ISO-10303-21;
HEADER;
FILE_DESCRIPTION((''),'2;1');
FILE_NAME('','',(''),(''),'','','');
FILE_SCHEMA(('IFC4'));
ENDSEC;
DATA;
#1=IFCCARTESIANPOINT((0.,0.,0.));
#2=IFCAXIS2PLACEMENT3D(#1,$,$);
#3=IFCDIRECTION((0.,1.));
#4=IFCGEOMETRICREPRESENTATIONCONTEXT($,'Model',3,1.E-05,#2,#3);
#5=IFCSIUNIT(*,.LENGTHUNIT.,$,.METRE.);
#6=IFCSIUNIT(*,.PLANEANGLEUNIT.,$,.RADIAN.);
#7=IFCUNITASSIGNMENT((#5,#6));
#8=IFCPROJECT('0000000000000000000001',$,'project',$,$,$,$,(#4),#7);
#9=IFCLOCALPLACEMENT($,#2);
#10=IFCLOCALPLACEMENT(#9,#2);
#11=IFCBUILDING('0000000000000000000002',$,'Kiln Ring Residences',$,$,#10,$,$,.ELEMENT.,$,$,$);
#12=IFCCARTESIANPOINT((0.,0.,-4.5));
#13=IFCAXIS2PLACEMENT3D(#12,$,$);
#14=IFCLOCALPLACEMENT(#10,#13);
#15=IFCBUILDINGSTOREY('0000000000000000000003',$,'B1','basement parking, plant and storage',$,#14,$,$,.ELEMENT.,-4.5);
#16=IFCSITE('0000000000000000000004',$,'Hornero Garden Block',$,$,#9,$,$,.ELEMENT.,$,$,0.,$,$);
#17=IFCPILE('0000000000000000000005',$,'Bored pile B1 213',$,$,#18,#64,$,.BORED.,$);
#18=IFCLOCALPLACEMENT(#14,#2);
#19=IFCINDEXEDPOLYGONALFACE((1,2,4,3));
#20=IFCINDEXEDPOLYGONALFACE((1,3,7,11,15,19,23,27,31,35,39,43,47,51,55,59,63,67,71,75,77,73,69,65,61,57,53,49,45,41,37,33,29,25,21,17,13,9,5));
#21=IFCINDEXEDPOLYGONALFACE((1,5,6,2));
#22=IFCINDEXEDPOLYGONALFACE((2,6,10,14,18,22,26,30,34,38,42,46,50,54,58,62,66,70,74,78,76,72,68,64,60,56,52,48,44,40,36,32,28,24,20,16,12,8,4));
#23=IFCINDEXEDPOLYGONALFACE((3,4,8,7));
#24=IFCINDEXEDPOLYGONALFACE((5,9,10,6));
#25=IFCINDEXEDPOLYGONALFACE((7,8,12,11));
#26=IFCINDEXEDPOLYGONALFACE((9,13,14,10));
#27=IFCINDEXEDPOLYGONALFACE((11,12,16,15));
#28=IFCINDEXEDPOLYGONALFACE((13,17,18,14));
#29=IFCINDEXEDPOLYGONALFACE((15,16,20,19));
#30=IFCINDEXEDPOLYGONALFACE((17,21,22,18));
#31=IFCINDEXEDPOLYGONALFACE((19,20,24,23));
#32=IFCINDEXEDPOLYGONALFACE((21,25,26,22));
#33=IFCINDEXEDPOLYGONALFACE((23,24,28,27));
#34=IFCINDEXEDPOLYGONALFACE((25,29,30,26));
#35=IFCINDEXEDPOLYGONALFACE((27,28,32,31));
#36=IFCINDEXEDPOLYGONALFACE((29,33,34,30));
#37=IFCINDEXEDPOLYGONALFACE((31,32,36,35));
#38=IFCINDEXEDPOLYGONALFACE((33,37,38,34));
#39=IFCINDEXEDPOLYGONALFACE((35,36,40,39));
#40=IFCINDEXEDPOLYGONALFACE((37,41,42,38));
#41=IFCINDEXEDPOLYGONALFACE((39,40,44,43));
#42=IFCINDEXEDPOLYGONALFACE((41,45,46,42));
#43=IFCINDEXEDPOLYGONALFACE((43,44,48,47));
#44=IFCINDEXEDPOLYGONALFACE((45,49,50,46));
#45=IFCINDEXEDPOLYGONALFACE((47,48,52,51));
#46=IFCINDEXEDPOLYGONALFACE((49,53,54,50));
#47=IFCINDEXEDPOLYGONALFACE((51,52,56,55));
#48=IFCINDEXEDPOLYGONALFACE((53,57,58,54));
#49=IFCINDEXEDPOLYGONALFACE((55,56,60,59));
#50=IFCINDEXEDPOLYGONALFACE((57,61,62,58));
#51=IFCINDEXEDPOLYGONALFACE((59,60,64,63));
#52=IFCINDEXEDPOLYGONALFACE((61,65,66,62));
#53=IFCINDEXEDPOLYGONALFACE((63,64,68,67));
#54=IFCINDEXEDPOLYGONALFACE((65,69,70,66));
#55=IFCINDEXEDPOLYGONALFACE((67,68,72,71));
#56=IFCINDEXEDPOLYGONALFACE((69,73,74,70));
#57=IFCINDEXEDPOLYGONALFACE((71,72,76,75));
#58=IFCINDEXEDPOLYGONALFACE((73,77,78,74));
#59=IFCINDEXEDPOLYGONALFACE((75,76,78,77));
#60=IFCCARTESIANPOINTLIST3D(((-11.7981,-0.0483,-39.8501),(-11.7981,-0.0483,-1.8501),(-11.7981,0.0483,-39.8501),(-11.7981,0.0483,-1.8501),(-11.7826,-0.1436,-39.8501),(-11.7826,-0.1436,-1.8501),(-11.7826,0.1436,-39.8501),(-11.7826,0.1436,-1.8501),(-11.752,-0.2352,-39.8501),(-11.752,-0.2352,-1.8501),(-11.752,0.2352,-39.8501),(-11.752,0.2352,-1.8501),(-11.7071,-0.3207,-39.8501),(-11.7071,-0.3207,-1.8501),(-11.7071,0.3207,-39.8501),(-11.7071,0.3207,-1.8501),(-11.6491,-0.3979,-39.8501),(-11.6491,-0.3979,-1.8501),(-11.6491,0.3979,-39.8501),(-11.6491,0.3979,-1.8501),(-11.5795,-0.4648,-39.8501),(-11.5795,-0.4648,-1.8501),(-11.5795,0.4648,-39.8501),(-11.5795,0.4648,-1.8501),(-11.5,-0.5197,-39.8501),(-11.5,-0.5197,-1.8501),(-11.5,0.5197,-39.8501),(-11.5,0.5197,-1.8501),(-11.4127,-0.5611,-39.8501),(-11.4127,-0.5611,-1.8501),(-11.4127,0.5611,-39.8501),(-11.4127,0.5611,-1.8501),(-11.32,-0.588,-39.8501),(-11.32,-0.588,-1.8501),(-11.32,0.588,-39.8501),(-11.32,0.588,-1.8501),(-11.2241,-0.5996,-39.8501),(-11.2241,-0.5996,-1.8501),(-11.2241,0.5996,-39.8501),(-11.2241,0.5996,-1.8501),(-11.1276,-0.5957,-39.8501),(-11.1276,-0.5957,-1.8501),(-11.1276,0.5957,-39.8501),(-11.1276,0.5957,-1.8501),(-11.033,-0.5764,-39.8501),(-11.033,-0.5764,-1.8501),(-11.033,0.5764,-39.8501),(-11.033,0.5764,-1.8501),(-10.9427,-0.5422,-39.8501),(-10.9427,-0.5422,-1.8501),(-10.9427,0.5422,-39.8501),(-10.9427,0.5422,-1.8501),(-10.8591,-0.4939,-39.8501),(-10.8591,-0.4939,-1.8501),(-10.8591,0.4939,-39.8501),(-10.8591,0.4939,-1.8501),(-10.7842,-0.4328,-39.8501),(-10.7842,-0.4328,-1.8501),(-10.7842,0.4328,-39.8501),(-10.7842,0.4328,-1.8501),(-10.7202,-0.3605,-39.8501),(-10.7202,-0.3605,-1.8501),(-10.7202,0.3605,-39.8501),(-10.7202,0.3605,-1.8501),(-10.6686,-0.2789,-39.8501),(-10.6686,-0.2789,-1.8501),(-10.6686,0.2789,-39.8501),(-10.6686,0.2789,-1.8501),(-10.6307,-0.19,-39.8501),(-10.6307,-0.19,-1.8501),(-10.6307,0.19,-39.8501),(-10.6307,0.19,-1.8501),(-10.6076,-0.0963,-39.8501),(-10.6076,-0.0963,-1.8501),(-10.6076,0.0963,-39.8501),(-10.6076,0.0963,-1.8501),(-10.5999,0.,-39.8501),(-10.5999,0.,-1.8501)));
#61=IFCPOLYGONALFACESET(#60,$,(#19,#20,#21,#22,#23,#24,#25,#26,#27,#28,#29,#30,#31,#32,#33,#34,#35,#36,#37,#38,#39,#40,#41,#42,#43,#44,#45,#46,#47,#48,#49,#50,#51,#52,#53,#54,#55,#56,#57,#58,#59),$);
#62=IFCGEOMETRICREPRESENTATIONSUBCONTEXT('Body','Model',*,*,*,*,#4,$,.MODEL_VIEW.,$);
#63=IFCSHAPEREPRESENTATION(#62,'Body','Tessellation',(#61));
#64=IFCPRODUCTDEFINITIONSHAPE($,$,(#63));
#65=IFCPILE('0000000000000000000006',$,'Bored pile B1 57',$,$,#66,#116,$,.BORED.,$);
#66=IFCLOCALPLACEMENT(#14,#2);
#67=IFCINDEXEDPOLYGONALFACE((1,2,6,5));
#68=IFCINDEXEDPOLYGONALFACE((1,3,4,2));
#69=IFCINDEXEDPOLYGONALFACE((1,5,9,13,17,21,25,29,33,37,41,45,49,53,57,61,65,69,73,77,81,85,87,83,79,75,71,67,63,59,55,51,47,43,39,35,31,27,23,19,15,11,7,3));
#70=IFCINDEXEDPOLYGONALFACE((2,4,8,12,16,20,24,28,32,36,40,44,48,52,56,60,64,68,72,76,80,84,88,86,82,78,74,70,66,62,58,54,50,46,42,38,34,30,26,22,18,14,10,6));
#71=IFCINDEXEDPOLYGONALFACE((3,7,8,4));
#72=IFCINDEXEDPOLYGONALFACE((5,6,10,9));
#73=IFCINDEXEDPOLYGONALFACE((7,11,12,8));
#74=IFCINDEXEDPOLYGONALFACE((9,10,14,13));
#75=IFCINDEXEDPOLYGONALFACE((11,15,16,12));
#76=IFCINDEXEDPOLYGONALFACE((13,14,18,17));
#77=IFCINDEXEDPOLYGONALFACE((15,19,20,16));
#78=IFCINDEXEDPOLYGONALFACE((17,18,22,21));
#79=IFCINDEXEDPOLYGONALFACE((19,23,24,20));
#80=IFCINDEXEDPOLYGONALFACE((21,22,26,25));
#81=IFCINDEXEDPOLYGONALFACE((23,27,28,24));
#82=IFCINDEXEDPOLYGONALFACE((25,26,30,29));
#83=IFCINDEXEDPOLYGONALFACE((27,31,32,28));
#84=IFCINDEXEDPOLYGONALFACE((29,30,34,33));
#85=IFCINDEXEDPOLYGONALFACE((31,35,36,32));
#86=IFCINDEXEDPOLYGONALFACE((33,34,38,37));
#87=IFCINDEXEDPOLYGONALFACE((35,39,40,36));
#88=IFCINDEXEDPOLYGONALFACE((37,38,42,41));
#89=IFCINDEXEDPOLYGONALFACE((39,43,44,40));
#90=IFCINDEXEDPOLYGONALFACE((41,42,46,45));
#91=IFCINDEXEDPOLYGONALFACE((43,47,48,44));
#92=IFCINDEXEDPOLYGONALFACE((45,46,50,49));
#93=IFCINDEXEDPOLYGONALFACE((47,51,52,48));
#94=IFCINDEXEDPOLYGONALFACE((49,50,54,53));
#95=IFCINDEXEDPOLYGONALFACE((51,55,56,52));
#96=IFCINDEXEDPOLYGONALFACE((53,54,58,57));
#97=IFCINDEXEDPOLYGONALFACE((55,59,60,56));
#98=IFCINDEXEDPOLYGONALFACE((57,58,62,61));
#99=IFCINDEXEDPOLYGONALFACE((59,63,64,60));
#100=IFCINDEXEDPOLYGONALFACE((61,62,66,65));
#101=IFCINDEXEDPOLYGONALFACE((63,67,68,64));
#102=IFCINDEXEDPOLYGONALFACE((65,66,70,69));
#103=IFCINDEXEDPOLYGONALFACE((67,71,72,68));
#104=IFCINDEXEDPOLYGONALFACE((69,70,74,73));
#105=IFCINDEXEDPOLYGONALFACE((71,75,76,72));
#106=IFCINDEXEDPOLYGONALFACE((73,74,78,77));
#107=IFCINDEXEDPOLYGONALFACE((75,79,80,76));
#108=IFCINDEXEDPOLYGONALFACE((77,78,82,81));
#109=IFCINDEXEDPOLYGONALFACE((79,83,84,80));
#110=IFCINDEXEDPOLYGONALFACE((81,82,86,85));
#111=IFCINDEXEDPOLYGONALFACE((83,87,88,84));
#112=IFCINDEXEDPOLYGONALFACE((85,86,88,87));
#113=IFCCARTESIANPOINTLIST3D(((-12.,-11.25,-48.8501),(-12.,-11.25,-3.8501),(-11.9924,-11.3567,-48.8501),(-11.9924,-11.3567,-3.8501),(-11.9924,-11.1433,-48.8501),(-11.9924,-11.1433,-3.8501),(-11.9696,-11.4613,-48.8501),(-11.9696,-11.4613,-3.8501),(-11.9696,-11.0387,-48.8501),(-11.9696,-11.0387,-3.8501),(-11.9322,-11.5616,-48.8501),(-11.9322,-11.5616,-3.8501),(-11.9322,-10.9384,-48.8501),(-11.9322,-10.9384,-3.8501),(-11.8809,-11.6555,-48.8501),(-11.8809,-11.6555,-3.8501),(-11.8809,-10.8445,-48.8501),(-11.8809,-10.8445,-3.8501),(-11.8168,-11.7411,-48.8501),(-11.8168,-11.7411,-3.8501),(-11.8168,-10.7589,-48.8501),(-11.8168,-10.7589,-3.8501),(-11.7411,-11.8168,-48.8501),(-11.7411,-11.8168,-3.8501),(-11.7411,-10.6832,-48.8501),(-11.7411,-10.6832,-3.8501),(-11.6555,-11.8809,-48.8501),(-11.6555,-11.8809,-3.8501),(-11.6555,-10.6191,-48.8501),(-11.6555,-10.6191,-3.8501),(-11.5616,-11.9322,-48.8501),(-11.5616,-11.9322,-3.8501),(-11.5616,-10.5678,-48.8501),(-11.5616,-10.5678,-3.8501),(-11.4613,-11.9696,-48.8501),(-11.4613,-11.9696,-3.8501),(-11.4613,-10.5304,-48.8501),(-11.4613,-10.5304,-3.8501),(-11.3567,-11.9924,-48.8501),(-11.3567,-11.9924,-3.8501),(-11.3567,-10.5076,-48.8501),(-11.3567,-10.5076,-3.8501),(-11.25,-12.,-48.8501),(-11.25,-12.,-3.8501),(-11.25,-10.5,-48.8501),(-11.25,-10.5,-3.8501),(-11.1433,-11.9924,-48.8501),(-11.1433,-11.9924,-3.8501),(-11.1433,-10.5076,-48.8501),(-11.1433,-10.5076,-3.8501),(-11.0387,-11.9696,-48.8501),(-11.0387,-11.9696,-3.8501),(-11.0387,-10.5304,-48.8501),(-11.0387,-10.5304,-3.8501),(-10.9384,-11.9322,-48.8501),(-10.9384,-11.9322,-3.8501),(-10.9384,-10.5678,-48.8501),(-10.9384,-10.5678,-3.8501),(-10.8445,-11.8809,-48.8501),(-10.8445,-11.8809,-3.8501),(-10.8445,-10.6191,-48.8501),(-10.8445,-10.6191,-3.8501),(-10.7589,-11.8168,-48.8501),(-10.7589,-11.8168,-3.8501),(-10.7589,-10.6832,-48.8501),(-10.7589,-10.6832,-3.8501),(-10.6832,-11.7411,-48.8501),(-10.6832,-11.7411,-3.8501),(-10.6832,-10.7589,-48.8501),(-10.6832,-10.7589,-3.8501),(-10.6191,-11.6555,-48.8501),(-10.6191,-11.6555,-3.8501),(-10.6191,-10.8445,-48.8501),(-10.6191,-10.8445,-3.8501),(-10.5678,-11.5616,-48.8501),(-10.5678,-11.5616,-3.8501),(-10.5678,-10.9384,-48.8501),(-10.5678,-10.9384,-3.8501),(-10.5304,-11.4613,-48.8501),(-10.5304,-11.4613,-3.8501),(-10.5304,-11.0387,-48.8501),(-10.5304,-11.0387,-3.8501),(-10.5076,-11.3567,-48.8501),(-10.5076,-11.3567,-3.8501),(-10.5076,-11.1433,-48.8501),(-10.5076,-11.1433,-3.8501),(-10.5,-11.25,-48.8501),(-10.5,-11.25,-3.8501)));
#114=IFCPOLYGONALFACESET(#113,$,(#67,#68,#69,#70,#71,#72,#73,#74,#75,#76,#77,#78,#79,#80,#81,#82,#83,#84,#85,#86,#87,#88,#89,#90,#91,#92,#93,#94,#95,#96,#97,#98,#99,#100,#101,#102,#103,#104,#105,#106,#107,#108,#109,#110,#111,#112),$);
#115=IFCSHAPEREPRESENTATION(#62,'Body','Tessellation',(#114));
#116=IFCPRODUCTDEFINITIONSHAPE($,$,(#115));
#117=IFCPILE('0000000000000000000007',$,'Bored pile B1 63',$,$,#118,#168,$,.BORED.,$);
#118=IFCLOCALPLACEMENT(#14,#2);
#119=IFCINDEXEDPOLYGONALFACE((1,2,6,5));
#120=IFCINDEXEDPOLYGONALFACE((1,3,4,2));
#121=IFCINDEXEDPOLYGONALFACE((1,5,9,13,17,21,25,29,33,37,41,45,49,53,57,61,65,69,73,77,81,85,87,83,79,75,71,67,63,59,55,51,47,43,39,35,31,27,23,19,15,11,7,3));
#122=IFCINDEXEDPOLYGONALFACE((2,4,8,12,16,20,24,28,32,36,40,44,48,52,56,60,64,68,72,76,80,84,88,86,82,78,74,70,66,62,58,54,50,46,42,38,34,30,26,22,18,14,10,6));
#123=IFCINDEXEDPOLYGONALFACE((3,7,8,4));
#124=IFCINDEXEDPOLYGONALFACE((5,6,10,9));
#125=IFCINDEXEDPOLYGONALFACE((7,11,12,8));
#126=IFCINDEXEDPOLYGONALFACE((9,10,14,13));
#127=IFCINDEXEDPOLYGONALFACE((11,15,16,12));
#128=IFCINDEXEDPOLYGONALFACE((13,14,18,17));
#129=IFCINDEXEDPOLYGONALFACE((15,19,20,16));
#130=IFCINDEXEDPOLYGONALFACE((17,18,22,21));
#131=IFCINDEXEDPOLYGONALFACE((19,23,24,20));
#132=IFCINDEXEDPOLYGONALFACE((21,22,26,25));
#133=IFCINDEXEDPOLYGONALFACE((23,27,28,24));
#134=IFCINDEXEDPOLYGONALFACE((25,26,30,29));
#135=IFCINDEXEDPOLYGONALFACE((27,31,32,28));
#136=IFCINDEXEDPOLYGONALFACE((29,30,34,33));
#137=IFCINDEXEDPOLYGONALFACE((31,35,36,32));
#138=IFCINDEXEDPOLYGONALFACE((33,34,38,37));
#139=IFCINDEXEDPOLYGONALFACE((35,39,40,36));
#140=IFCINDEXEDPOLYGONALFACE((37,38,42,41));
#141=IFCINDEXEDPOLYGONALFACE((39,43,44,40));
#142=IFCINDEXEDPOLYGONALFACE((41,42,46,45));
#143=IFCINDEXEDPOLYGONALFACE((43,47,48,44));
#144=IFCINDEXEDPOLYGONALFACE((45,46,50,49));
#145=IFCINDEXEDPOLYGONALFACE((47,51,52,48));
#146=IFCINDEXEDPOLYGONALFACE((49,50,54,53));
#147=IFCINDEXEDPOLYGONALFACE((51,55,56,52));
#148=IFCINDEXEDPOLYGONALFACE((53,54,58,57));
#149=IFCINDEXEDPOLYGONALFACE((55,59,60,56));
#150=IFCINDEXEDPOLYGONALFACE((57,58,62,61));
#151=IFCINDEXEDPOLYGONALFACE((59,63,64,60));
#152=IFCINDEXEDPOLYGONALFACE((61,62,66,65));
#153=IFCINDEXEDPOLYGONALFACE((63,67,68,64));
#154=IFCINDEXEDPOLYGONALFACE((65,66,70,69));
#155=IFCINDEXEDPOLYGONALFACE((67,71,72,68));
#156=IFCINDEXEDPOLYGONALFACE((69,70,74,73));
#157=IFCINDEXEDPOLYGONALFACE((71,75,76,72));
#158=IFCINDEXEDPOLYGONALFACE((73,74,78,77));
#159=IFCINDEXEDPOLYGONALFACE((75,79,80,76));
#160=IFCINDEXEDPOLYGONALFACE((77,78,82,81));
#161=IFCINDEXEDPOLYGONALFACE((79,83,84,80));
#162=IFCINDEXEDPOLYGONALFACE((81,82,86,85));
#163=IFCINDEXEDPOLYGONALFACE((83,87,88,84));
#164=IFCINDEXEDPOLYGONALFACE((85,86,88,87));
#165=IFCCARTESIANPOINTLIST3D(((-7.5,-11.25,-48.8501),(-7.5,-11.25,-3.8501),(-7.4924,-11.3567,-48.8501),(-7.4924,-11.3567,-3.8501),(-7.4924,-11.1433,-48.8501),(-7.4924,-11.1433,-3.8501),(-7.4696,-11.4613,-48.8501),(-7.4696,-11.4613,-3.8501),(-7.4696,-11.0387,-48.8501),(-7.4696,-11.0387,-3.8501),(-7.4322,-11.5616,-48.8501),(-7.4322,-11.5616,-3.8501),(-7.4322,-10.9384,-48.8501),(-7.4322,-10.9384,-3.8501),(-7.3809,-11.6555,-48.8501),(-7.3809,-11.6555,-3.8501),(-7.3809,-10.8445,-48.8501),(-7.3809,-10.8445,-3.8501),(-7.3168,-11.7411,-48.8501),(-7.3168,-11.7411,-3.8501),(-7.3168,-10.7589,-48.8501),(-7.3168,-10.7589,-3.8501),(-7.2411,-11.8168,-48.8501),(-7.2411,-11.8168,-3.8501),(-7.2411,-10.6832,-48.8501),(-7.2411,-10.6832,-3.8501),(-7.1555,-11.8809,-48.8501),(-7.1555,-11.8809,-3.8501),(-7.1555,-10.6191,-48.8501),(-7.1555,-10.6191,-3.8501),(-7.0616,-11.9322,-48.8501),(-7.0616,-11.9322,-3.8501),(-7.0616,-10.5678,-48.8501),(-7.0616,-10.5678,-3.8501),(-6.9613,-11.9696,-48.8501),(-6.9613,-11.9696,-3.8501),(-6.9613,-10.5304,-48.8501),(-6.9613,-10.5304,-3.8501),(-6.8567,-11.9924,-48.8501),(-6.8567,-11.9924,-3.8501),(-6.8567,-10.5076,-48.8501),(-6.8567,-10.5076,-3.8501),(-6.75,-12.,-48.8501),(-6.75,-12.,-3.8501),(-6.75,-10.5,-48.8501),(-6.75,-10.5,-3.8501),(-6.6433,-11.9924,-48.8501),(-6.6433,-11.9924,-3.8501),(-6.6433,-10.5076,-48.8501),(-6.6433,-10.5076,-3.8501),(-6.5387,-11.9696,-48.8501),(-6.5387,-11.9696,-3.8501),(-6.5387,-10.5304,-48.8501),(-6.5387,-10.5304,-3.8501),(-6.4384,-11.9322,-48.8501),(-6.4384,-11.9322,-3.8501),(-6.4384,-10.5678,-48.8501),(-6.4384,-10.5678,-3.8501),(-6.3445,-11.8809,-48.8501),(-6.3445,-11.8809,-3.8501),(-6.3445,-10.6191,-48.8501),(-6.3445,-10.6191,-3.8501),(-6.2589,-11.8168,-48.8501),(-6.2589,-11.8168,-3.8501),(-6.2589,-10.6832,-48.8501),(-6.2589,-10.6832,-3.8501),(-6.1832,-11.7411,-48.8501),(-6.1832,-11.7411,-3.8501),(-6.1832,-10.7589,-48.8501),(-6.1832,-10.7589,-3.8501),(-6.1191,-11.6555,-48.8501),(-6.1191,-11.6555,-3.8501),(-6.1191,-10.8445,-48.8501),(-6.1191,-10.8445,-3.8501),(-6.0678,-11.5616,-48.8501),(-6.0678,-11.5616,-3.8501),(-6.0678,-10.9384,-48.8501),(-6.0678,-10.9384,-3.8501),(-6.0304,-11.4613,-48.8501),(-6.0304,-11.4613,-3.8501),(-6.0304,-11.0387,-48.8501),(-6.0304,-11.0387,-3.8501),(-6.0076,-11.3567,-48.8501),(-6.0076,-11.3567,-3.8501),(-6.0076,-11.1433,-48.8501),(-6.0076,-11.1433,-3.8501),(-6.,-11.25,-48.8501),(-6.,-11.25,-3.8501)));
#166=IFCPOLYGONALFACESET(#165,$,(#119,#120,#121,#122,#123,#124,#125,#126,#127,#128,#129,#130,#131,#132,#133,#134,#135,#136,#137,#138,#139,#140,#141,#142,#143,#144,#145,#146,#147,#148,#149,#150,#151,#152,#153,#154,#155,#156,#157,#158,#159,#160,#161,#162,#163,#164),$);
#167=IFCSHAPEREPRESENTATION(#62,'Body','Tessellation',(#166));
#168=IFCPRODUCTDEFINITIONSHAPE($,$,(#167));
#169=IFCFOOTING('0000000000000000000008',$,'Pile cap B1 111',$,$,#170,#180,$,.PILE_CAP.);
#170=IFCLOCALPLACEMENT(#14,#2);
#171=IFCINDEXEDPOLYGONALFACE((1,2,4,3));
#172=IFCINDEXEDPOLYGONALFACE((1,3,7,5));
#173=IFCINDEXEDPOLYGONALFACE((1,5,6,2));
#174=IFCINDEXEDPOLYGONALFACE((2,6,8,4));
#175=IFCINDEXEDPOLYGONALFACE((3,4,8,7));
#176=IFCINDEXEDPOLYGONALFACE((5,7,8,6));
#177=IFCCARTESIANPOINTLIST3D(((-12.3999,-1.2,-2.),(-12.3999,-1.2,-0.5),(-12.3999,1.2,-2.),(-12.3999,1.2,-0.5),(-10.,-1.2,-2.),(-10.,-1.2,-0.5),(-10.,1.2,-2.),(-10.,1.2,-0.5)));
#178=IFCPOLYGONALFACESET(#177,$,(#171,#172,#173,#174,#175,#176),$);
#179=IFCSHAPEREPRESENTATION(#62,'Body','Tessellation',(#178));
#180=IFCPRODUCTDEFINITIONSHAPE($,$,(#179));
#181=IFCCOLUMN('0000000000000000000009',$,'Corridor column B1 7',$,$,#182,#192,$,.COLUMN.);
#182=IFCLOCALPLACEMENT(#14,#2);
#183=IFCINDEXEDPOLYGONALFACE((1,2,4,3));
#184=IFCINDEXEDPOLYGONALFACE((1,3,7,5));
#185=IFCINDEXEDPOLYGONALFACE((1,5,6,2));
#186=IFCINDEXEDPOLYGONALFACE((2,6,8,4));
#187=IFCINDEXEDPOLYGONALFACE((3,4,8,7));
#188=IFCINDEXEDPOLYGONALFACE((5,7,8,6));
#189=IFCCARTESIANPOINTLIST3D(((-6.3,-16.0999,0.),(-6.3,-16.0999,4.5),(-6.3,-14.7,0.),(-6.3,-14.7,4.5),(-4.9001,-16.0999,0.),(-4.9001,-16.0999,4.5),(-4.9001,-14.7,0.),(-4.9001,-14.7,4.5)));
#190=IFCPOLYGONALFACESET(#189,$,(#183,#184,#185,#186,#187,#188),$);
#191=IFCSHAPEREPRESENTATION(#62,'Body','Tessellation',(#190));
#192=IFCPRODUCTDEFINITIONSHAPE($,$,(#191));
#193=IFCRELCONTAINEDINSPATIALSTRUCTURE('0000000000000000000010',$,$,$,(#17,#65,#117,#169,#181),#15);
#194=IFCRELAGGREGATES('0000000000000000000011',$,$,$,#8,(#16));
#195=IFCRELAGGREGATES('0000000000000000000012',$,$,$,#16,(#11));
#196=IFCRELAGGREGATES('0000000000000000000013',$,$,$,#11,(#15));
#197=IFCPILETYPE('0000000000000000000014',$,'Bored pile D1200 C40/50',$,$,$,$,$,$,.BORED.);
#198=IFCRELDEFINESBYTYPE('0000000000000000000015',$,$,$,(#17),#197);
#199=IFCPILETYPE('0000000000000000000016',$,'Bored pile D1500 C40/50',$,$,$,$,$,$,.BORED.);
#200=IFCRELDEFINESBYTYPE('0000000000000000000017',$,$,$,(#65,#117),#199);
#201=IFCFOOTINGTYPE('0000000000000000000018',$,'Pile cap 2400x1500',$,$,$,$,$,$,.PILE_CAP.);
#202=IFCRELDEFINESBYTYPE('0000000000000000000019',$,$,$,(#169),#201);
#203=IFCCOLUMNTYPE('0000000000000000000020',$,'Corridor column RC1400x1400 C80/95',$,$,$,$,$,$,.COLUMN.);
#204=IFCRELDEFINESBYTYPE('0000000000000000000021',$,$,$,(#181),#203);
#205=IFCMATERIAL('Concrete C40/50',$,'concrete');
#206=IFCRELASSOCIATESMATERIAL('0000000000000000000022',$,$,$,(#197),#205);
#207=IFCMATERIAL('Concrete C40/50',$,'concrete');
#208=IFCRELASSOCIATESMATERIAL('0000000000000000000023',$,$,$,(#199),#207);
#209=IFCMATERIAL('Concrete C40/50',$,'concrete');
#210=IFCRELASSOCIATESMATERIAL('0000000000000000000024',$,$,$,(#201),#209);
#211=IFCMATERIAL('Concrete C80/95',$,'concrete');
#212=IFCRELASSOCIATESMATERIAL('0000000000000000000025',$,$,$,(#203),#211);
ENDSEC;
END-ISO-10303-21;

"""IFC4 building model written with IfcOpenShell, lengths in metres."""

from ifc_helpers import new_model, si_unit, direction, frame, origin, origin_2d, place, context, subcontext, project, spatial, rectangle, circle, extrude, material, material_profile, profile_set, type_object, element, save


model = new_model("IFC4")

# Units and contexts
model_context = context("Model", 3, precision=1e-05, world=origin(), true_north=direction((0.0, 1.0)))
body_context = subcontext(model_context, "Body", "Model", "MODEL_VIEW")
ifc_project = project(units=[si_unit("LENGTHUNIT", "METRE"), si_unit("PLANEANGLEUNIT", "RADIAN")], contexts=[model_context])

# Site, building, storey
site_placement = place(None, origin())
site = spatial("IfcSite", under=ifc_project, at=site_placement, Name="Hornero Garden Block", CompositionType="ELEMENT", RefElevation=0.0)
building_placement = place(site_placement, origin())
building = spatial("IfcBuilding", under=site, at=building_placement, Name="Kiln Ring Residences", CompositionType="ELEMENT")
storey_placement = place(building_placement, frame((0.0, 0.0, -4.5)))
storey = spatial("IfcBuildingStorey", under=building, at=storey_placement, Name="B1", Description="basement parking, plant and storage", CompositionType="ELEMENT", Elevation=-4.5)

# Piles
ifc_material_1 = material(Name="Concrete C40/50", Category="concrete")
ifc_material_profile_1 = material_profile(ifc_material_1, circle(Radius=0.6001, at=origin_2d()), Name="BORED1200")
ifc_profile_set_1 = profile_set([ifc_material_profile_1], Name="Concrete C40/50")
pile_type_1 = type_object("IfcPileType", Name="Bored pile D1200 C40/50", PredefinedType="BORED", material=ifc_profile_set_1)
pile_placement = place(storey_placement, frame((-11.2, 0.0, -1.8501), z_axis=(0.0, 0.0, -1.0), x_axis=(1.0, 0.0, 0.0)))
element("IfcPile", 1, at=pile_placement, inside=storey, type_object=pile_type_1, Name="Bored pile B1 213", PredefinedType="BORED", context=body_context, shape_type="SweptSolid", body=[
    extrude(circle(Radius=0.6001, at=origin_2d()), origin(), (0.0, 0.0, 1.0), 38.0),
])
ifc_material_2 = material(Name="Concrete C40/50", Category="concrete")
ifc_material_profile_2 = material_profile(ifc_material_2, circle(Radius=0.75, at=origin_2d()), Name="BORED1500")
ifc_profile_set_2 = profile_set([ifc_material_profile_2], Name="Concrete C40/50")
pile_type_2 = type_object("IfcPileType", Name="Bored pile D1500 C40/50", PredefinedType="BORED", material=ifc_profile_set_2)
for number, where, z_axis, x_axis, name in (
    (2, (-11.25, -11.25, -3.8501), (0.0, 0.0, -1.0), (1.0, 0.0, 0.0), "Bored pile B1 57"),
    (3, (-6.75, -11.25, -3.8501), (0.0, 0.0, -1.0), (1.0, 0.0, 0.0), "Bored pile B1 63"),
):
    element("IfcPile", number, at=place(storey_placement, frame(where, z_axis=z_axis, x_axis=x_axis)), inside=storey, type_object=pile_type_2, Name=name, PredefinedType="BORED", context=body_context, shape_type="SweptSolid", body=[
        extrude(circle(Radius=0.75, at=origin_2d()), origin(), (0.0, 0.0, 1.0), 45.0),
    ])

# Footing
ifc_material_3 = material(Name="Concrete C40/50", Category="concrete")
footing_type = type_object("IfcFootingType", Name="Pile cap 2400x1500", PredefinedType="PILE_CAP", material=ifc_material_3)
footing_placement = place(storey_placement, frame((-11.2, 0.0, -2.0), z_axis=(0.0, 0.0, 1.0), x_axis=(1.0, 0.0, 0.0)))
element("IfcFooting", 4, at=footing_placement, inside=storey, type_object=footing_type, Name="Pile cap B1 111", PredefinedType="PILE_CAP", context=body_context, shape_type="SweptSolid", body=[
    extrude(rectangle(XDim=2.3999, YDim=2.3999, at=origin_2d()), origin(), (0.0, 0.0, 1.0), 1.5),
])

# Column
ifc_material_4 = material(Name="Concrete C80/95", Category="concrete")
ifc_material_profile_3 = material_profile(ifc_material_4, rectangle(XDim=1.3999, YDim=1.3999, at=origin_2d()), Name="RC1400x1400")
ifc_profile_set_3 = profile_set([ifc_material_profile_3], Name="Concrete C80/95")
column_type_1 = type_object("IfcColumnType", Name="Corridor column RC1400x1400 C80/95", PredefinedType="COLUMN", material=ifc_profile_set_3)
column_placement = place(storey_placement, frame((-5.6001, -15.3999, 0.0), z_axis=(0.0, 0.0, 1.0), x_axis=(1.0, 0.0, 0.0)))
element("IfcColumn", 5, at=column_placement, inside=storey, type_object=column_type_1, Name="Corridor column B1 7", PredefinedType="COLUMN", context=body_context, shape_type="SweptSolid", body=[
    extrude(rectangle(XDim=1.3999, YDim=1.3999, at=origin_2d()), origin(), (0.0, 0.0, 1.0), 4.5),
])

save(model, "model.ifc")
